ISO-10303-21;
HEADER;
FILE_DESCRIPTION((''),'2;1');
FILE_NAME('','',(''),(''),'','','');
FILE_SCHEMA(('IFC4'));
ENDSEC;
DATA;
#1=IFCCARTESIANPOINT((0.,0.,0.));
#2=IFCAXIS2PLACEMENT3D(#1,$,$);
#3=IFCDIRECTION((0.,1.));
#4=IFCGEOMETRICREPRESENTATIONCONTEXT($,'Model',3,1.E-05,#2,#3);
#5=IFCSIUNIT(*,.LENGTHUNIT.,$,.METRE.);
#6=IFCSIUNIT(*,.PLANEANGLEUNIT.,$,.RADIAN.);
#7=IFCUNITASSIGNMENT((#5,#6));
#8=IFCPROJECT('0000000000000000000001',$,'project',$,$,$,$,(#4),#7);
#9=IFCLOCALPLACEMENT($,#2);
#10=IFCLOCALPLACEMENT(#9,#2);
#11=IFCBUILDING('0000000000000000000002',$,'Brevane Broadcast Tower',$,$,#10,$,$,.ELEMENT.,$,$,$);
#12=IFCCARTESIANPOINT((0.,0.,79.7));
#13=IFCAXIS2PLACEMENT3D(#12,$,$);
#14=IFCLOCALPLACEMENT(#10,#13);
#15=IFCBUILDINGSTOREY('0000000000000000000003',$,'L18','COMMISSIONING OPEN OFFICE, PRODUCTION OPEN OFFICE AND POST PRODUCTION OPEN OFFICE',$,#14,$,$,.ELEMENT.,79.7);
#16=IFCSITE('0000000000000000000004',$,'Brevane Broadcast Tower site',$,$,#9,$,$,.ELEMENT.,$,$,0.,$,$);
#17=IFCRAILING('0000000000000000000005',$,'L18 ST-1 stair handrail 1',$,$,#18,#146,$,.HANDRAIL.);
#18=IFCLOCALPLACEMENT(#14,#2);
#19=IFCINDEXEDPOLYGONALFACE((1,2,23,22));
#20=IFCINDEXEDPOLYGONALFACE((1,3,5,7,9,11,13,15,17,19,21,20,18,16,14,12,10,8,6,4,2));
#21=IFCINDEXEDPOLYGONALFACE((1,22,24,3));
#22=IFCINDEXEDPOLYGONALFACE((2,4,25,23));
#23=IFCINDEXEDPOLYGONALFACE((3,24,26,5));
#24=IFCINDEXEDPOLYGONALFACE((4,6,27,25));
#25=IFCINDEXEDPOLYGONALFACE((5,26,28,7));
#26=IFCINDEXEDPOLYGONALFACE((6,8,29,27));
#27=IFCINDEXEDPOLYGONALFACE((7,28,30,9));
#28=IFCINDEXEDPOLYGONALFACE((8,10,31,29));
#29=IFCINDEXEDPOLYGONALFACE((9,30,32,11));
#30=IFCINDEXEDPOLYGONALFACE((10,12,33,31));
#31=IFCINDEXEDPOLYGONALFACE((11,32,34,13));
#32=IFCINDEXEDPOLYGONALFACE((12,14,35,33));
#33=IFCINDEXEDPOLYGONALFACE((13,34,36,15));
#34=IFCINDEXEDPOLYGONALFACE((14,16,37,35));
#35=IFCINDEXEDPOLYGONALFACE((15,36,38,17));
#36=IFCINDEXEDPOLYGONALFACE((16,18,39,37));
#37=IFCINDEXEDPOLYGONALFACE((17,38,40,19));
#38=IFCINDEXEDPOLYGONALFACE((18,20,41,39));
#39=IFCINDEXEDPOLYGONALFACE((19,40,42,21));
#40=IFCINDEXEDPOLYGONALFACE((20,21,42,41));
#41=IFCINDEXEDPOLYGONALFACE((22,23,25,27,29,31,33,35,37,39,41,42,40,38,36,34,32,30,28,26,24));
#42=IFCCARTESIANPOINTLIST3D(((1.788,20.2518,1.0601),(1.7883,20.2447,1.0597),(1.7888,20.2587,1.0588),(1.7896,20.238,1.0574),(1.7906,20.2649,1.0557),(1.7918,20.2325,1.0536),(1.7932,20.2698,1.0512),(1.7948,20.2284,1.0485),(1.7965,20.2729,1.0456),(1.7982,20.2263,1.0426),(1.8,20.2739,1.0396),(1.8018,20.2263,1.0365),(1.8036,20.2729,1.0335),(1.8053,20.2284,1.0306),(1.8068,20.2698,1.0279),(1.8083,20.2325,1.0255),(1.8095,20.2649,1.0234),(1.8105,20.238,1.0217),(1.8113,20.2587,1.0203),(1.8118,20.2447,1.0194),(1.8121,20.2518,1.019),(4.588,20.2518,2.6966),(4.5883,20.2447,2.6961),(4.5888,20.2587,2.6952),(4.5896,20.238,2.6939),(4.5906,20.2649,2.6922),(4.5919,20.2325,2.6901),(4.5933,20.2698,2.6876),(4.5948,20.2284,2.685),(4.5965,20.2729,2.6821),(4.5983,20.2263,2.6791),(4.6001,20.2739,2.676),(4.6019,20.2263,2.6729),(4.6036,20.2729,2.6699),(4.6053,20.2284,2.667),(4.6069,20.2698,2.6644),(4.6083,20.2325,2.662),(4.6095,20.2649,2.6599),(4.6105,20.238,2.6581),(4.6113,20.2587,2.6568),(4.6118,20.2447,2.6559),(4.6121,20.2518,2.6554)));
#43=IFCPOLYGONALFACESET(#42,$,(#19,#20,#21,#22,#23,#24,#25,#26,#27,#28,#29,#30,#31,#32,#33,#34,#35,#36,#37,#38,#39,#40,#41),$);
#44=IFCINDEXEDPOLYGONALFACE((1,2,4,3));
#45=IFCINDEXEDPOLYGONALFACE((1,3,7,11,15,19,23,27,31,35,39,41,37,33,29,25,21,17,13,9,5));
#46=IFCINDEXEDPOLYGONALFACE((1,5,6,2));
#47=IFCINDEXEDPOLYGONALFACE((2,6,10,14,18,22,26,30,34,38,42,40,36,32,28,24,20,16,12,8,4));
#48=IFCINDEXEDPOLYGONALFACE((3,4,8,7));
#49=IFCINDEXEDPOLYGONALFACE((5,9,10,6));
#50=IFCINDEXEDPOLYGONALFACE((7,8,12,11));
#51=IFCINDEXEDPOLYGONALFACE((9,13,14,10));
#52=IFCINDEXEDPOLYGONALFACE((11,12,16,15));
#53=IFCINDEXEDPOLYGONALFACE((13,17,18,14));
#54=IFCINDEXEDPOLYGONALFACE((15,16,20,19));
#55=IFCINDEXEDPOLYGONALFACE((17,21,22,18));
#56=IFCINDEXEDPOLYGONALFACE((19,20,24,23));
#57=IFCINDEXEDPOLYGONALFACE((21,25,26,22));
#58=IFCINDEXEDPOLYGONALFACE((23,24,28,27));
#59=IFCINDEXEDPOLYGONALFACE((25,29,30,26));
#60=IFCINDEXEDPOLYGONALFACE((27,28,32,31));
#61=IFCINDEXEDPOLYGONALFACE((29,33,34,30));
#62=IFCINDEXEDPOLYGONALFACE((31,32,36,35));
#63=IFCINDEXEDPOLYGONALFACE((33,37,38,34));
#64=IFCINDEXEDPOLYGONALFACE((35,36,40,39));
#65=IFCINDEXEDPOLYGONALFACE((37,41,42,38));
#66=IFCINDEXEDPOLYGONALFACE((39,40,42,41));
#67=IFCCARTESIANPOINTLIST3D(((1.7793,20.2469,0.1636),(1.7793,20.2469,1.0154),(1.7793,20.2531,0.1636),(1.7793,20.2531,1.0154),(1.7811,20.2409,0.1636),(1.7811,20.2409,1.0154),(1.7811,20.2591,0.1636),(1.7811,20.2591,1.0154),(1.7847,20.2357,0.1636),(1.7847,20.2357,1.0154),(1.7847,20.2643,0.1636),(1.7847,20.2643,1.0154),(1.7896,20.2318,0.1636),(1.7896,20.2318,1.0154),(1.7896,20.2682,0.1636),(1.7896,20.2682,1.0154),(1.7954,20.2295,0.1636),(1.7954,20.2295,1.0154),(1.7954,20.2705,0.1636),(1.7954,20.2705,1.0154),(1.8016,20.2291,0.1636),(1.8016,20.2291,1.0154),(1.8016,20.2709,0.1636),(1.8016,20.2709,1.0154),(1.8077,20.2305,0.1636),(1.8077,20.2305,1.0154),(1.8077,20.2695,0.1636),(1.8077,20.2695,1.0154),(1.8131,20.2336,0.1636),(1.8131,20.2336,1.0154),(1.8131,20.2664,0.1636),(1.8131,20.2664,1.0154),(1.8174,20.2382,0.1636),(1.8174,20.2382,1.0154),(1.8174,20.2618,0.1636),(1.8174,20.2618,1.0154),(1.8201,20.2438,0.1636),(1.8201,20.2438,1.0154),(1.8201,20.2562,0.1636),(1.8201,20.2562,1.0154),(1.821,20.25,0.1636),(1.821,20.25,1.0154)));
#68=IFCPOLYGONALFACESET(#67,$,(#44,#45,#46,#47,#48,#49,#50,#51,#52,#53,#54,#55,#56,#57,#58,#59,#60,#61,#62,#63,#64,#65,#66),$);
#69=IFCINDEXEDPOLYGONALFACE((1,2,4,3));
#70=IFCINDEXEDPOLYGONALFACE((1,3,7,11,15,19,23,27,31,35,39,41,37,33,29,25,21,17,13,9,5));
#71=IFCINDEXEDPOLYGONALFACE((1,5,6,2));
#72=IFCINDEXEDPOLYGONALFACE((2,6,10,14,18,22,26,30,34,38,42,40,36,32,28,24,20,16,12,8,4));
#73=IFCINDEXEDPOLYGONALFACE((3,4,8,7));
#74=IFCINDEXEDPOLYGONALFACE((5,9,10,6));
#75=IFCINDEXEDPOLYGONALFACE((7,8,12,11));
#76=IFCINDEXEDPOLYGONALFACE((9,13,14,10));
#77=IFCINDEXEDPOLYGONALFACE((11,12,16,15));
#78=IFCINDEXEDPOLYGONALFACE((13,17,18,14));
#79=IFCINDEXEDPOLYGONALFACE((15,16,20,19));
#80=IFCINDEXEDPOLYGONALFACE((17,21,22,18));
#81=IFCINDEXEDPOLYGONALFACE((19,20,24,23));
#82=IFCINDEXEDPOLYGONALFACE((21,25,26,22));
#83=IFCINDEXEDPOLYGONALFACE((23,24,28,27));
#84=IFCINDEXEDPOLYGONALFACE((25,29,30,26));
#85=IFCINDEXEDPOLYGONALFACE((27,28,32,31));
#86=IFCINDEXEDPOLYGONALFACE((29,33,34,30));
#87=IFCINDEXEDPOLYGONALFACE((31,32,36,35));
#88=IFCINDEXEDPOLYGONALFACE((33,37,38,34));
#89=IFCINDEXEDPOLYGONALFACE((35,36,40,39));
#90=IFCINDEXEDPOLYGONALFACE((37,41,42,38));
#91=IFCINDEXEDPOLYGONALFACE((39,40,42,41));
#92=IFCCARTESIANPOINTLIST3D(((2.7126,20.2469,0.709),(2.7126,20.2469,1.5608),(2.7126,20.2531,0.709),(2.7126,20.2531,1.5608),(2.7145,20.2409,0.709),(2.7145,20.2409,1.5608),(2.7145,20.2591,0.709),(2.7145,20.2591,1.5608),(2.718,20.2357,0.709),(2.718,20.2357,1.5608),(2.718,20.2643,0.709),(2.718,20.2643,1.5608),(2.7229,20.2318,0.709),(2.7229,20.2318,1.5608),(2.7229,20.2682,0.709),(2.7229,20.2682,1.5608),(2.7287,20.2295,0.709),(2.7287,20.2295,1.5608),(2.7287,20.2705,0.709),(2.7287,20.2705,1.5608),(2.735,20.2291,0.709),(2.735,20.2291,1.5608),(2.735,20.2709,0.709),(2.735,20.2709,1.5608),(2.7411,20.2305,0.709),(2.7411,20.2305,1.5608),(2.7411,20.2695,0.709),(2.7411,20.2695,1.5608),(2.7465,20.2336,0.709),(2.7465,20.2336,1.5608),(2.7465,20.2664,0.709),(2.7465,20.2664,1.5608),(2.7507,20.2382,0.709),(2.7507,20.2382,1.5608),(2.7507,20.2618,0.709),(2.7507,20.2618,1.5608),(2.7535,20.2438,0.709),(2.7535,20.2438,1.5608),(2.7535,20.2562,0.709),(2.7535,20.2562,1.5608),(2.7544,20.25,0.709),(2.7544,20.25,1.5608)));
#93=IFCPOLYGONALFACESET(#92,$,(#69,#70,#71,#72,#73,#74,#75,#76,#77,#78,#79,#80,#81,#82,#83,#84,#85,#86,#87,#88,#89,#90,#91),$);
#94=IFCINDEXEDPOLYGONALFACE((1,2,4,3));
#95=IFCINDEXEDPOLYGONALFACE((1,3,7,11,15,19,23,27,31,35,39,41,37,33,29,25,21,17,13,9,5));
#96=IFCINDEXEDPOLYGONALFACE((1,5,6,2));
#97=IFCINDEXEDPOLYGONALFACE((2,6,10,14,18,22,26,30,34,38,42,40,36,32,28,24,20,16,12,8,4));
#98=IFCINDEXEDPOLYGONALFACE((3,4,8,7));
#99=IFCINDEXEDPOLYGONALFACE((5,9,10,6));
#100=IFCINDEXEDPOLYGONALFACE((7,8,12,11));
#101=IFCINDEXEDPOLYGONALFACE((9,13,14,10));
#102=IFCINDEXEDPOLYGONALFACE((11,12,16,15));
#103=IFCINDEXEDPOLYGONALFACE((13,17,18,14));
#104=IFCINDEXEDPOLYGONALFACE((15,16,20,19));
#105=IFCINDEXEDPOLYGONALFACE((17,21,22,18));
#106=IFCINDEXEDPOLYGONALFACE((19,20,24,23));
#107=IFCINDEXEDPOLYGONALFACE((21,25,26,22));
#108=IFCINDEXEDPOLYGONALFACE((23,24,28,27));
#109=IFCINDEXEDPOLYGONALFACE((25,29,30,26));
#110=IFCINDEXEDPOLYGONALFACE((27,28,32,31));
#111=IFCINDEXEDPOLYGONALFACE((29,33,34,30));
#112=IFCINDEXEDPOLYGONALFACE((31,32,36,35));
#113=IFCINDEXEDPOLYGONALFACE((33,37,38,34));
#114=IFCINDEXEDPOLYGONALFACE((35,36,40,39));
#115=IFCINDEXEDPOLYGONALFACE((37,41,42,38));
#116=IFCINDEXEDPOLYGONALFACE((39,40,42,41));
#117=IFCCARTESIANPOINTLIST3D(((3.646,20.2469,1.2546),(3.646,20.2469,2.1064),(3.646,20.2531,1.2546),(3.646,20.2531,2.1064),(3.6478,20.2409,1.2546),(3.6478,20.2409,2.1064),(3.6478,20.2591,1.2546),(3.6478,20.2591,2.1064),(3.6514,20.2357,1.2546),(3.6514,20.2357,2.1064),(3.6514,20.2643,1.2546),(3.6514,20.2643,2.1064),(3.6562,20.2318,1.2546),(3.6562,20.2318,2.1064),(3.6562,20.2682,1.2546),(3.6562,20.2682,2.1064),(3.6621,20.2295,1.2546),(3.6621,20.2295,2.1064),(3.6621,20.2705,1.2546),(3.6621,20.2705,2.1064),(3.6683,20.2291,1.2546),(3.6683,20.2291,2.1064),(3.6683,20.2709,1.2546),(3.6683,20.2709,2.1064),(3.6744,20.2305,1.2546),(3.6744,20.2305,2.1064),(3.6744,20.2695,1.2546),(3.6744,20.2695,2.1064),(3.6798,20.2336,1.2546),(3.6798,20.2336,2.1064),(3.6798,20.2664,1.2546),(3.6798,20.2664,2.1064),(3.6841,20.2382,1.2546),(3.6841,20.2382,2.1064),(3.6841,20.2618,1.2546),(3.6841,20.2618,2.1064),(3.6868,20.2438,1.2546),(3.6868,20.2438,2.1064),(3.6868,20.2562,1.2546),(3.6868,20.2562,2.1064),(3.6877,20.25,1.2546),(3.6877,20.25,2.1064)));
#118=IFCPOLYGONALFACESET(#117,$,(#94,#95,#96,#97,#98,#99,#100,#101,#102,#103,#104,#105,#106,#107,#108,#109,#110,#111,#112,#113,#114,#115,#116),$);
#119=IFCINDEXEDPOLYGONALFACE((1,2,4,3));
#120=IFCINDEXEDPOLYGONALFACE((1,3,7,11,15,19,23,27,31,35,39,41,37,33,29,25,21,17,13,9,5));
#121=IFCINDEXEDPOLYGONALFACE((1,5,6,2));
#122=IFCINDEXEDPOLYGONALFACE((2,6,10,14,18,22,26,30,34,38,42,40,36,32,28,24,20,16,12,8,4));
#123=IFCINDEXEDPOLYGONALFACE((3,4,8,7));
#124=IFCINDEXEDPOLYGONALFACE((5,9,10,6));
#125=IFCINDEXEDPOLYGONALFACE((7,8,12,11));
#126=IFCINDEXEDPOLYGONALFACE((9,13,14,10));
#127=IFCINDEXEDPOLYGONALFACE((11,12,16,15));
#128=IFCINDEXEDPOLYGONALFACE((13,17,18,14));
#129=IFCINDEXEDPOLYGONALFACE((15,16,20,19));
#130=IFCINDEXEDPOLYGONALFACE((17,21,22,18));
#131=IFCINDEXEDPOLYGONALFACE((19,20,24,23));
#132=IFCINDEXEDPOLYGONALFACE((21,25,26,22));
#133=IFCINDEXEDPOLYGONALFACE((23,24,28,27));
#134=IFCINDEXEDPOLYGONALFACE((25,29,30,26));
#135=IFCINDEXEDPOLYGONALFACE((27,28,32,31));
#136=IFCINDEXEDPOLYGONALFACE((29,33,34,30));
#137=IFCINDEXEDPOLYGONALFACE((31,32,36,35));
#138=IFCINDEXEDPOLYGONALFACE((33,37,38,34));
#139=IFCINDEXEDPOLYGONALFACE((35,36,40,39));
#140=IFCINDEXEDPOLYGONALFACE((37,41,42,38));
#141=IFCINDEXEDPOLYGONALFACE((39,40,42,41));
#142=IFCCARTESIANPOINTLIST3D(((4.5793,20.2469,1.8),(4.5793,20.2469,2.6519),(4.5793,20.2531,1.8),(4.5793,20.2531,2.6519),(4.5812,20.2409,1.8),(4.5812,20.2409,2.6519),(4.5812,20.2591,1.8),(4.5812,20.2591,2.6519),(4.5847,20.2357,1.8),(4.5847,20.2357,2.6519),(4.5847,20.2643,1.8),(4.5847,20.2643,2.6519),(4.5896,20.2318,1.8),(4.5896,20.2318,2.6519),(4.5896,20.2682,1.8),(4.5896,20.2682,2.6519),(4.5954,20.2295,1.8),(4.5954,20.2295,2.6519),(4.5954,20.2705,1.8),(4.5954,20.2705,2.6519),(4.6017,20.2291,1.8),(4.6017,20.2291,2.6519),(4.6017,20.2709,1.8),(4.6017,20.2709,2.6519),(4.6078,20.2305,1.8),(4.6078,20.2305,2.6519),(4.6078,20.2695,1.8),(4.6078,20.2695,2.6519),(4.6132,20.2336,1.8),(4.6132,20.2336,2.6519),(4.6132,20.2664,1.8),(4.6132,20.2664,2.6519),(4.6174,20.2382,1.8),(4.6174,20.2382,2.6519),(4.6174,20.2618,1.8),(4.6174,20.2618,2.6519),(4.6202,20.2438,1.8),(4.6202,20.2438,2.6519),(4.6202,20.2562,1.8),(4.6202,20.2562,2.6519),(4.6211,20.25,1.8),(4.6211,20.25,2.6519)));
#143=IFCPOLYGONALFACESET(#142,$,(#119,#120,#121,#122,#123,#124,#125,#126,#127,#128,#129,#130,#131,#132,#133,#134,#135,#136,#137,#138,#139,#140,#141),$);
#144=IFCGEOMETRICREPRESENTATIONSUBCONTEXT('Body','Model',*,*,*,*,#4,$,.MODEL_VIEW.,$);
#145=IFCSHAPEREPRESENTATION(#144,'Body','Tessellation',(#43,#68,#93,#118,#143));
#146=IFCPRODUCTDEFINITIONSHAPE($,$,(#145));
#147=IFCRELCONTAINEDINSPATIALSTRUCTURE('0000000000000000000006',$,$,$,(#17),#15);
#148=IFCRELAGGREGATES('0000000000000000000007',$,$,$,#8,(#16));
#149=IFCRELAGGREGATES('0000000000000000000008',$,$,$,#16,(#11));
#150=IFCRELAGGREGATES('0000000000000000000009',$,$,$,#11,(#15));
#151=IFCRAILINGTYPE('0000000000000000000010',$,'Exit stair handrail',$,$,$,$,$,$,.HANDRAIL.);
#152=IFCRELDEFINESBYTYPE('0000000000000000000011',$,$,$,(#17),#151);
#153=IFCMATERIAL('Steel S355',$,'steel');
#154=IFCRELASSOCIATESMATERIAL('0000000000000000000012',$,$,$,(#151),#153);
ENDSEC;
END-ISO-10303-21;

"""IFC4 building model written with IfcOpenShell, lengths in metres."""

from ifc_helpers import new_model, si_unit, direction, frame, origin, origin_2d, place, context, subcontext, project, spatial, circle, extrude, material, type_object, element, save


model = new_model("IFC4")

# Units and contexts
model_context = context("Model", 3, precision=1e-05, world=origin(), true_north=direction((0.0, 1.0)))
body_context = subcontext(model_context, "Body", "Model", "MODEL_VIEW")
ifc_project = project(units=[si_unit("LENGTHUNIT", "METRE"), si_unit("PLANEANGLEUNIT", "RADIAN")], contexts=[model_context])

# Site, building, storey
site_placement = place(None, origin())
site = spatial("IfcSite", under=ifc_project, at=site_placement, Name="Brevane Broadcast Tower site", CompositionType="ELEMENT", RefElevation=0.0)
building_placement = place(site_placement, origin())
building = spatial("IfcBuilding", under=site, at=building_placement, Name="Brevane Broadcast Tower", CompositionType="ELEMENT")
storey_placement = place(building_placement, frame((0.0, 0.0, 79.7)))
storey = spatial("IfcBuildingStorey", under=building, at=storey_placement, Name="L18", Description="COMMISSIONING OPEN OFFICE, PRODUCTION OPEN OFFICE AND POST PRODUCTION OPEN OFFICE", CompositionType="ELEMENT", Elevation=79.7)

# Railing
ifc_material_1 = material(Name="Steel S355", Category="steel")
railing_type_1 = type_object("IfcRailingType", Name="Exit stair handrail", PredefinedType="HANDRAIL", material=ifc_material_1)
railing_1_placement = place(storey_placement, frame((1.8, 20.25, 0.1636)))
element("IfcRailing", 1, at=railing_1_placement, inside=storey, type_object=railing_type_1, Name="L18 ST-1 stair handrail 1", PredefinedType="HANDRAIL", context=body_context, shape_type="SweptSolid", body=[
    extrude(circle(Radius=0.0239, at=origin_2d()), frame((0.0, 0.0, 0.876), z_axis=(0.863361, 0.0, 0.504587), x_axis=(0.0, 1.0, 0.0)), (0.0, 0.0, 1.0), 3.2432),
    extrude(circle(Radius=0.021, at=origin_2d()), origin(), (0.0, 0.0, 1.0), 0.8518),
    extrude(circle(Radius=0.021, at=origin_2d()), frame((0.9333, 0.0, 0.5454)), (0.0, 0.0, 1.0), 0.8518),
    extrude(circle(Radius=0.021, at=origin_2d()), frame((1.8667, 0.0, 1.0911)), (0.0, 0.0, 1.0), 0.8518),
    extrude(circle(Radius=0.021, at=origin_2d()), frame((2.8, 0.0, 1.6365)), (0.0, 0.0, 1.0), 0.8518),
])

save(model, "model.ifc")
